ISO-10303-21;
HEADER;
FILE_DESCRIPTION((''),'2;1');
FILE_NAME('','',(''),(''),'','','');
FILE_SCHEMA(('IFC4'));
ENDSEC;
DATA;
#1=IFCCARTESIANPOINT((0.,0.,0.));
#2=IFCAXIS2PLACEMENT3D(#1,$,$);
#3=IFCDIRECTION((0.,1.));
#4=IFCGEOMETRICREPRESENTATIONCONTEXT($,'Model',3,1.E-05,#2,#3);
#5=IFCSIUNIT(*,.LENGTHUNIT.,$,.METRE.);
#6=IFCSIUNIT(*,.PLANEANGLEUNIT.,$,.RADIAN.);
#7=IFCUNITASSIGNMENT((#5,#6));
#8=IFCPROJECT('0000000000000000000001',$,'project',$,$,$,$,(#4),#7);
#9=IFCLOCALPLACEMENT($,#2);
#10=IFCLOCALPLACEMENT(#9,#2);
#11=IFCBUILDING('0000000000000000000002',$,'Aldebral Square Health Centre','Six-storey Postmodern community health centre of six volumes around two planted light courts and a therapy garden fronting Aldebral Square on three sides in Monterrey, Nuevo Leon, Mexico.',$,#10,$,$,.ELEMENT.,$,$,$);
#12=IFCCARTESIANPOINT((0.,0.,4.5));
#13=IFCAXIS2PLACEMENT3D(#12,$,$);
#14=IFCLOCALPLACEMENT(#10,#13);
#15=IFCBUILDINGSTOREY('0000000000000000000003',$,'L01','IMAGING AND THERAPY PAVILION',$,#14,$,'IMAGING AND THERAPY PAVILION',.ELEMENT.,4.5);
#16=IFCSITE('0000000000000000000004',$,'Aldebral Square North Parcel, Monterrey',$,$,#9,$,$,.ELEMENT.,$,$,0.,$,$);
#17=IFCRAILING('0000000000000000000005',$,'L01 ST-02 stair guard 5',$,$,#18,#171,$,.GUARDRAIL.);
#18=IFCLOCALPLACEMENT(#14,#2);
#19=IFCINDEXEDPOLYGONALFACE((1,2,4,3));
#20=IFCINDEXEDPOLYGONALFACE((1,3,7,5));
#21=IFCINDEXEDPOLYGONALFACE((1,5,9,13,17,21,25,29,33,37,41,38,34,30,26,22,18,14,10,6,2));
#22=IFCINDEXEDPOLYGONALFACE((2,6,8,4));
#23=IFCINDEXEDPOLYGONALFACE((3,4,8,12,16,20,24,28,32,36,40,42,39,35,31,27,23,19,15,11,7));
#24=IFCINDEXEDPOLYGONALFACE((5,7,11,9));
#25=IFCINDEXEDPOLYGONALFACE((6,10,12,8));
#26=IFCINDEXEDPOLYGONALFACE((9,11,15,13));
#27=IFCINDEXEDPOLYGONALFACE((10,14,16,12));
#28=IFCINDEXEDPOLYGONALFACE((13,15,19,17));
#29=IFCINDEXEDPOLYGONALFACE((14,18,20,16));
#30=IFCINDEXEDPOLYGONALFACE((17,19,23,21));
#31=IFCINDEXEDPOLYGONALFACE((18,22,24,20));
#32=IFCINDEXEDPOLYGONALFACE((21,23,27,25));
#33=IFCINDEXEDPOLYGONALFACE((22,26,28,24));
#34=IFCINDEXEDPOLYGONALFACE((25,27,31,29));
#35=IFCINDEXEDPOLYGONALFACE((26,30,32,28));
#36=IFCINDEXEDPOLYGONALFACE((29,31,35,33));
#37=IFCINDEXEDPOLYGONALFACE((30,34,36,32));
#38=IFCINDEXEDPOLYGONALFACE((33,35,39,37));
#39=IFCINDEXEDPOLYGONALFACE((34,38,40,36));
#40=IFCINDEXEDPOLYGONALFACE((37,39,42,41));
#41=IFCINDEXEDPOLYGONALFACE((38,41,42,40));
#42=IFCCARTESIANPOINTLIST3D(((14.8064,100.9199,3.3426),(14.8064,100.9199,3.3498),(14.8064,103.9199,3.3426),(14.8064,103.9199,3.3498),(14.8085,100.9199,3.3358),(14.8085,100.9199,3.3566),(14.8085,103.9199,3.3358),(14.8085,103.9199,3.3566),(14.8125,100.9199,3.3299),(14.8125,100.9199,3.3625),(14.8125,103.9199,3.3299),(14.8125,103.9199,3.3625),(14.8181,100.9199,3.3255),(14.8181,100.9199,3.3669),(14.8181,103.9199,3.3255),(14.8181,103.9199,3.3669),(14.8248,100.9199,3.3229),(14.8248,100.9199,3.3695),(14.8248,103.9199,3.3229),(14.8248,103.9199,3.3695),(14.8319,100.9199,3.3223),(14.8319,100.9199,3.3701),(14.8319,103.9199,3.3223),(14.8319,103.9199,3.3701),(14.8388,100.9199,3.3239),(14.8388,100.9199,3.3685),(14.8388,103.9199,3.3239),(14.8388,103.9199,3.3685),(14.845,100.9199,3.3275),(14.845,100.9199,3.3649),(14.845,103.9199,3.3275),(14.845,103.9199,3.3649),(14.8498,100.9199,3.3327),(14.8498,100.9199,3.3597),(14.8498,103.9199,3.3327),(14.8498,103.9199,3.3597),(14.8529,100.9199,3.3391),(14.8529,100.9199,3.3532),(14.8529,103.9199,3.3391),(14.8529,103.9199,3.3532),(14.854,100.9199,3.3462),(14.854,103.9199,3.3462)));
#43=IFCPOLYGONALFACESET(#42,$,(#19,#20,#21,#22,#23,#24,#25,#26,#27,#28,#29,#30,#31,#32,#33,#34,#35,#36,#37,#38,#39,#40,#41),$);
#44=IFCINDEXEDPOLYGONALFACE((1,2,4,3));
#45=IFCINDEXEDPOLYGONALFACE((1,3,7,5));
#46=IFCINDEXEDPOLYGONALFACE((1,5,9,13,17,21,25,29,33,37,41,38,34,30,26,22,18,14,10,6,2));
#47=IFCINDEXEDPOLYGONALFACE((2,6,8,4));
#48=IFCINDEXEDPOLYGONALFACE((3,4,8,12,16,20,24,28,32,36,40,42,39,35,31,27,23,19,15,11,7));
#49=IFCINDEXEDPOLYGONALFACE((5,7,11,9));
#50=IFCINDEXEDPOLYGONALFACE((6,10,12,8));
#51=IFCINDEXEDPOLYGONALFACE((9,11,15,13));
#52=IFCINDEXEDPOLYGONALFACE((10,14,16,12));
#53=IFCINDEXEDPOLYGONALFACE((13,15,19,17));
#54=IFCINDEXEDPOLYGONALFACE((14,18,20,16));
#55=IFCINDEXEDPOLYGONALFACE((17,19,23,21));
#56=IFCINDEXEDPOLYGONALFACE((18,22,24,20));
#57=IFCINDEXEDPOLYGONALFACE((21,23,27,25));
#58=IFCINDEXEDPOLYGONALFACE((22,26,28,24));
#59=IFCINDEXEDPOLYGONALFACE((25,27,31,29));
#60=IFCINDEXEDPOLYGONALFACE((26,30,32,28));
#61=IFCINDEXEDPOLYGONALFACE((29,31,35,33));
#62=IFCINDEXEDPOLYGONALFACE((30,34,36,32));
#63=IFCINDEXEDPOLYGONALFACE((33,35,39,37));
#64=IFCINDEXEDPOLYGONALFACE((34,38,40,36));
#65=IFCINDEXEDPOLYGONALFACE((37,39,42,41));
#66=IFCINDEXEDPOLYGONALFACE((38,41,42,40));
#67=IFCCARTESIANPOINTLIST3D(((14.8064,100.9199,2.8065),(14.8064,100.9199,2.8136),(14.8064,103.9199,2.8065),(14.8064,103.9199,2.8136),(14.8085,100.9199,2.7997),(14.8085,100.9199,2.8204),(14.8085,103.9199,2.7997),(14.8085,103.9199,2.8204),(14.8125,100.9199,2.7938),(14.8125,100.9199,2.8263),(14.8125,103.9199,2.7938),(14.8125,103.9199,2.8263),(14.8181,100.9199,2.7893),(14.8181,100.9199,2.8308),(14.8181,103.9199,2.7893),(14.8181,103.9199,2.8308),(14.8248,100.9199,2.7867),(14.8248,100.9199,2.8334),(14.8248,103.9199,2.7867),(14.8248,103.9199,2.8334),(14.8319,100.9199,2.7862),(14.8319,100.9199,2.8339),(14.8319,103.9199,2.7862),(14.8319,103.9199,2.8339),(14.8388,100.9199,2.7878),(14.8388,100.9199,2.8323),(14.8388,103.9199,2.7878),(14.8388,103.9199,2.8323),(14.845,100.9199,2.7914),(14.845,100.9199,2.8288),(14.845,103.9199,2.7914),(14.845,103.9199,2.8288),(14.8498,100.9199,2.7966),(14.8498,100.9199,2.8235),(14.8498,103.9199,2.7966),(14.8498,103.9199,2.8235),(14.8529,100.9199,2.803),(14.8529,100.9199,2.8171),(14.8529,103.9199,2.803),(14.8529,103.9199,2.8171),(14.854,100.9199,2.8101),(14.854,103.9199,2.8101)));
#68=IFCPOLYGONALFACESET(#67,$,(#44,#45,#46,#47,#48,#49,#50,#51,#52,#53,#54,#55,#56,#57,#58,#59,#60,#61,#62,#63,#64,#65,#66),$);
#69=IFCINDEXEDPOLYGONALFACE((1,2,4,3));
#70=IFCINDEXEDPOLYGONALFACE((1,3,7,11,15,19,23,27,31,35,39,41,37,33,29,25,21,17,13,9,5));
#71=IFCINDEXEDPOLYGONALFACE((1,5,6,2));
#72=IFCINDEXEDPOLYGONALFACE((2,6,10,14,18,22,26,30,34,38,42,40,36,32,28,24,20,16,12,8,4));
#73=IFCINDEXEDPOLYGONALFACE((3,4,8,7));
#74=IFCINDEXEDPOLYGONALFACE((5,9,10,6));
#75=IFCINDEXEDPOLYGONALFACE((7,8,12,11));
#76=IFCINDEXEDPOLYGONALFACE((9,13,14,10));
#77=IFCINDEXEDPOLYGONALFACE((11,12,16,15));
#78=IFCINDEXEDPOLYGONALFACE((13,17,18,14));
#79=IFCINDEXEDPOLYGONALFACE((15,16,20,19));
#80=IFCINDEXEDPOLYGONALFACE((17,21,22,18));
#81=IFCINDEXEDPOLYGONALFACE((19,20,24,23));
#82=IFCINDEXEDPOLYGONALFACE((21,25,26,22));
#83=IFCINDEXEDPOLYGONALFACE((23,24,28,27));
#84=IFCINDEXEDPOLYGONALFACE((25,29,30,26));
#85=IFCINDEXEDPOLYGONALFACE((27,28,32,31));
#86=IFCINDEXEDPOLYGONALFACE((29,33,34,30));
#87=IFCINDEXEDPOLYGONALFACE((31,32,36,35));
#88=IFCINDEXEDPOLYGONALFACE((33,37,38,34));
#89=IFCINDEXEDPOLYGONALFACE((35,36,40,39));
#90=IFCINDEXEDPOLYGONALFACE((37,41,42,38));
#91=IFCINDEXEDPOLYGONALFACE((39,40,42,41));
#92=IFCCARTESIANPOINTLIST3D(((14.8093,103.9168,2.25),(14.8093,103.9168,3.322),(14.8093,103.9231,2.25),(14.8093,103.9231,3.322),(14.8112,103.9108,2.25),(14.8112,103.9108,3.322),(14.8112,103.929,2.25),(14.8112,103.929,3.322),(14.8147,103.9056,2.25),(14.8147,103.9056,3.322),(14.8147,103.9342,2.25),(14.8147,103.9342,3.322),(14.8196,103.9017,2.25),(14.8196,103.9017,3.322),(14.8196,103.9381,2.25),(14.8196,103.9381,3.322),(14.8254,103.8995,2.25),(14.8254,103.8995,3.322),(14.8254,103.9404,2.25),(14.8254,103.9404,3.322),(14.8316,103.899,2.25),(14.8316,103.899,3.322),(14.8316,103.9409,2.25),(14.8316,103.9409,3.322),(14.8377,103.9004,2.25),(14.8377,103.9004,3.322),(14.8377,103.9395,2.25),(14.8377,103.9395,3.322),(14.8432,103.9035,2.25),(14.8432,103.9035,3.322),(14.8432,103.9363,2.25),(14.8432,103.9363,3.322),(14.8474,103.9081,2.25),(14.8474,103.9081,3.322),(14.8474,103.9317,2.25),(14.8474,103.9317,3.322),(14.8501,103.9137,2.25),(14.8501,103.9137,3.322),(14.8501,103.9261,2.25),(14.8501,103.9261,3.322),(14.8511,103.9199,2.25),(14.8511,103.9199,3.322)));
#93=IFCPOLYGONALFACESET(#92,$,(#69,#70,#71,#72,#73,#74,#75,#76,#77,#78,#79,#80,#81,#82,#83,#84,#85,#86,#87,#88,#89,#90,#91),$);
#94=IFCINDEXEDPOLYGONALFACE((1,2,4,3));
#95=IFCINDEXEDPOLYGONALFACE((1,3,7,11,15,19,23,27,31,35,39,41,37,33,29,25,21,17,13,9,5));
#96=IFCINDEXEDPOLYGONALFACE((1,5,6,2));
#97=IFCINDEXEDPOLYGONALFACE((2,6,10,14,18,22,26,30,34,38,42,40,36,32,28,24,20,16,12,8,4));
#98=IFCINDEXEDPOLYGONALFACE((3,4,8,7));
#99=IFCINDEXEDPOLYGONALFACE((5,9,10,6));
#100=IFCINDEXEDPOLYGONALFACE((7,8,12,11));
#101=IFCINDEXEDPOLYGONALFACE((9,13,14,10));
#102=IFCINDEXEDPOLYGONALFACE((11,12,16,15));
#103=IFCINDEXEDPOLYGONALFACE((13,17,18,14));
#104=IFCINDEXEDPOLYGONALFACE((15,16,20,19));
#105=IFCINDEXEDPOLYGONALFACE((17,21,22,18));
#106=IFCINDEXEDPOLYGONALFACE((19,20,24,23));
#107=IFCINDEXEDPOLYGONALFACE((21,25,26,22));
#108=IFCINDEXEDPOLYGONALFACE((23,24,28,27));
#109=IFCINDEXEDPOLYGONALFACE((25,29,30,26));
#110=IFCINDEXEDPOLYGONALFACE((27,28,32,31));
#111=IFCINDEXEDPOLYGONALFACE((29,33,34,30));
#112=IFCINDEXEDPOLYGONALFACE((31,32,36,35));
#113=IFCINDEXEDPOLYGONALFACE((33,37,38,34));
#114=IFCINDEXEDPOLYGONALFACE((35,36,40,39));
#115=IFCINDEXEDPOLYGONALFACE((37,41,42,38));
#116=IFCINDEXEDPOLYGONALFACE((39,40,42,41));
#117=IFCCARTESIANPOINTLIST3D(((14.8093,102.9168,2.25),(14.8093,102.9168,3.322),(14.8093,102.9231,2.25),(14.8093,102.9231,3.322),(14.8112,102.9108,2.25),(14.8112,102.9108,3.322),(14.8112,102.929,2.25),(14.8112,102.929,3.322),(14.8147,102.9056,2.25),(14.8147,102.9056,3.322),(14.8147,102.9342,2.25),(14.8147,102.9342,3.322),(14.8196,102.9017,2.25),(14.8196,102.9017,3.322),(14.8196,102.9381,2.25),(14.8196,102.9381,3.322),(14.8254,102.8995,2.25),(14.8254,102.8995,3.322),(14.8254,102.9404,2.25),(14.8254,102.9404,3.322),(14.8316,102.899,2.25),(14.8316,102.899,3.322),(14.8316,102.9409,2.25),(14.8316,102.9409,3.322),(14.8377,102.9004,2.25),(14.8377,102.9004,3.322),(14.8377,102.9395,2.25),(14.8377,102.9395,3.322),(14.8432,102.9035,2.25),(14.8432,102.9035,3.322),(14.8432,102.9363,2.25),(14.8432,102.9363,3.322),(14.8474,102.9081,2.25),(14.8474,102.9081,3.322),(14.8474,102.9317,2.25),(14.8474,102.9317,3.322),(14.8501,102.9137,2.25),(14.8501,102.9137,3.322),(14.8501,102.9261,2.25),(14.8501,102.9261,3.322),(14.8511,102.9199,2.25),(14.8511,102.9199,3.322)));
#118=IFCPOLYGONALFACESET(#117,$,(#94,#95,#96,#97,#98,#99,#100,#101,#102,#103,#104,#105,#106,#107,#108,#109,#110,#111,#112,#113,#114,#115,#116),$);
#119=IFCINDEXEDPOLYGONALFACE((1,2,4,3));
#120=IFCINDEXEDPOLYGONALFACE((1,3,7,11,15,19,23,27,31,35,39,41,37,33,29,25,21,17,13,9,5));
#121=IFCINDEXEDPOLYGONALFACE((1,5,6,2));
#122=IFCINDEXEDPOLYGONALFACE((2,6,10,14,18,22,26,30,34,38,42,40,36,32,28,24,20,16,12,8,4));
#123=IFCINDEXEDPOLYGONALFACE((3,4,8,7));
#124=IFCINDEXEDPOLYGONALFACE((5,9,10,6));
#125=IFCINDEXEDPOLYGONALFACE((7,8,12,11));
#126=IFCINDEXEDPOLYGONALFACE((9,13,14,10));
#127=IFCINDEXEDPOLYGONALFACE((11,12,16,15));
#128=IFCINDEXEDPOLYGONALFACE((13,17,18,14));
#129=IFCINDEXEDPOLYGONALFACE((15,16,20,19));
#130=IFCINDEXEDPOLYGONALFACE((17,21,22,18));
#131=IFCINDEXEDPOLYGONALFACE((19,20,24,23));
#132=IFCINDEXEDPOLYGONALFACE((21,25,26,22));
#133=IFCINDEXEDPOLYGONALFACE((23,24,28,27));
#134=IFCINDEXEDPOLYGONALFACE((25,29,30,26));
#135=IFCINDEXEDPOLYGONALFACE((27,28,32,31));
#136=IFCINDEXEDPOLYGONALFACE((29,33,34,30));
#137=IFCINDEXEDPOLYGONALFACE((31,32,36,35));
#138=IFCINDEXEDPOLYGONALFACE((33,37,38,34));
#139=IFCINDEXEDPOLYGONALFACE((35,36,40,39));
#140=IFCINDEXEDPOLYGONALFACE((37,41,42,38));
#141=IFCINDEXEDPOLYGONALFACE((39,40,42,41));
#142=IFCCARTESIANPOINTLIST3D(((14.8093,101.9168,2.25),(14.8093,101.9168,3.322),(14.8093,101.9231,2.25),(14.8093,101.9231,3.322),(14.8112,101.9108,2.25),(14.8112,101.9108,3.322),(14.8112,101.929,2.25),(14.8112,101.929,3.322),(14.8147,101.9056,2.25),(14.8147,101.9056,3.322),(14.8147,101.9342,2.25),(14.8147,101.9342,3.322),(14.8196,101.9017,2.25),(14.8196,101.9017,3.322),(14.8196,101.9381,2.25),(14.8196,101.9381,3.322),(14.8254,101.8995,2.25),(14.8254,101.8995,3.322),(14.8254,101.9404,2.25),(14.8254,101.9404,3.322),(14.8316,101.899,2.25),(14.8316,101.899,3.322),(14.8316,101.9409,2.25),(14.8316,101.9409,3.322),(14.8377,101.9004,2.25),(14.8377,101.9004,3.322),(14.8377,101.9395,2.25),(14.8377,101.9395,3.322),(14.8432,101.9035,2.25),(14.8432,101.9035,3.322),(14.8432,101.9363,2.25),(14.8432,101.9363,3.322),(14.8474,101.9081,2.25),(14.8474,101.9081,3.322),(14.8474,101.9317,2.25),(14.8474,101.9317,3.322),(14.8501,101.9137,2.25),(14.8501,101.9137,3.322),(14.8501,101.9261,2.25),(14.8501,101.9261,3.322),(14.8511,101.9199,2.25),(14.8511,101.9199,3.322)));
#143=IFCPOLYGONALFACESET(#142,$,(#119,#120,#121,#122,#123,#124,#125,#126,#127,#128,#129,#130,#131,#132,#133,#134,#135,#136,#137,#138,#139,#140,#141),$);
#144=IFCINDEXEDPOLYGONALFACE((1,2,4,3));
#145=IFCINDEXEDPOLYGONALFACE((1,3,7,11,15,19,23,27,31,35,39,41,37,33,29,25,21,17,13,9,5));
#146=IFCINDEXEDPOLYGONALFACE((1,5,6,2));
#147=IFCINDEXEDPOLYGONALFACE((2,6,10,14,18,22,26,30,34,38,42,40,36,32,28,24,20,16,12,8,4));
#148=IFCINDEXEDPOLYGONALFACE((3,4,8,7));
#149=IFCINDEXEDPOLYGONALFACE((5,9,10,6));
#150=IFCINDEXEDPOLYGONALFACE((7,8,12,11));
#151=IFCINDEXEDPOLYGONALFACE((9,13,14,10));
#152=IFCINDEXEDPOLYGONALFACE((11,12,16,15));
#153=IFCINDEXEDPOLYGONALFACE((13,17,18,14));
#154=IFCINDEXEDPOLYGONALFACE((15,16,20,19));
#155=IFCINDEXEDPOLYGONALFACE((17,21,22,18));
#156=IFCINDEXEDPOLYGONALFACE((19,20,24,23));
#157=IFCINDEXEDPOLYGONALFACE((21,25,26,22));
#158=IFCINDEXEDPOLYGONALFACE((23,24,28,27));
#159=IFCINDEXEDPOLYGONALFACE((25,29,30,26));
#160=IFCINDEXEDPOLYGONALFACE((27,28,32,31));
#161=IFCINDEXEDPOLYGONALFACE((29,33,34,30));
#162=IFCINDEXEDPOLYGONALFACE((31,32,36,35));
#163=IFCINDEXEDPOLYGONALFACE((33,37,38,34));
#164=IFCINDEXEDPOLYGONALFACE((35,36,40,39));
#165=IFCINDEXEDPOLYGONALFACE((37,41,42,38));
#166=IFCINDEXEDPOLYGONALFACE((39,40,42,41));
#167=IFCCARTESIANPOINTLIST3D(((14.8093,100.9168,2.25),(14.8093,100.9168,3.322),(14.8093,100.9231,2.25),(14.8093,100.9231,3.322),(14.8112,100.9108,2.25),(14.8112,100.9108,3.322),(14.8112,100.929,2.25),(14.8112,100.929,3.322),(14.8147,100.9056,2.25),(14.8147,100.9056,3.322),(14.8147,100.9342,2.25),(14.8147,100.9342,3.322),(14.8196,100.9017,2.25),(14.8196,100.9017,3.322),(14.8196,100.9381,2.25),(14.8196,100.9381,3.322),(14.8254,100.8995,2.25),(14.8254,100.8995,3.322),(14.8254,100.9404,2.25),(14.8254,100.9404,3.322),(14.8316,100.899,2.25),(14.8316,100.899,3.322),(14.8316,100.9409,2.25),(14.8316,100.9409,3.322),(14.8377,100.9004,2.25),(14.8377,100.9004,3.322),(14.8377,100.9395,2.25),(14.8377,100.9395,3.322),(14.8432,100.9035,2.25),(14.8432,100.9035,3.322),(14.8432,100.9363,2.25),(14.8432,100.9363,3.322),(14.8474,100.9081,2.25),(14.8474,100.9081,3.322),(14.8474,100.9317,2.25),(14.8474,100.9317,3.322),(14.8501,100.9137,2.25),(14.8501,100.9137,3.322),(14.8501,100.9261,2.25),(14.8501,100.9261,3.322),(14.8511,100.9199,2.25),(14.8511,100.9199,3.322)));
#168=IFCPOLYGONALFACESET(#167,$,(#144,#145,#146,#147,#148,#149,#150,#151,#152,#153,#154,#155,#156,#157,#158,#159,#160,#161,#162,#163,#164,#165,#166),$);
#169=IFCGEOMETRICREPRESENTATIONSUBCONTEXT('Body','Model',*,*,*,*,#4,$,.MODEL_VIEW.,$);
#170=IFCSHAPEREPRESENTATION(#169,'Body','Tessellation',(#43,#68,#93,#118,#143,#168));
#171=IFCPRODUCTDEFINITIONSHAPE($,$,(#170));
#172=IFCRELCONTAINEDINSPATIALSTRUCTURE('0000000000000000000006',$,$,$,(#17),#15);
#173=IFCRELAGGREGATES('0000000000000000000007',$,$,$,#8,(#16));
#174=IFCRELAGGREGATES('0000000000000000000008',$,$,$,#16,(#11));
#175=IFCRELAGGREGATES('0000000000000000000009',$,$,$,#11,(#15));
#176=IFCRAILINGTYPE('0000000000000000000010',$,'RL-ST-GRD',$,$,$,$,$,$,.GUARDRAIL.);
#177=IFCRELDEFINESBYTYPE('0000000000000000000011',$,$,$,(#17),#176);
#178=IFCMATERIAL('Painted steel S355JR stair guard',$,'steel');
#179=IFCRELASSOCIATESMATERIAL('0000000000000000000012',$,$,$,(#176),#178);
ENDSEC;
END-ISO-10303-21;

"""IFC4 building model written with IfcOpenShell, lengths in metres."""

from ifc_helpers import new_model, si_unit, direction, frame, origin, origin_2d, place, context, subcontext, project, spatial, circle, extrude, material, type_object, element, save


model = new_model("IFC4")

# Units and contexts
model_context = context("Model", 3, precision=1e-05, world=origin(), true_north=direction((0.0, 1.0)))
body_context = subcontext(model_context, "Body", "Model", "MODEL_VIEW")
ifc_project = project(units=[si_unit("LENGTHUNIT", "METRE"), si_unit("PLANEANGLEUNIT", "RADIAN")], contexts=[model_context])

# Site, building, storey
site_placement = place(None, origin())
site = spatial("IfcSite", under=ifc_project, at=site_placement, Name="Aldebral Square North Parcel, Monterrey", CompositionType="ELEMENT", RefElevation=0.0)
building_placement = place(site_placement, origin())
building = spatial("IfcBuilding", under=site, at=building_placement, Name="Aldebral Square Health Centre", Description="Six-storey Postmodern community health centre of six volumes around two planted light courts and a therapy garden fronting Aldebral Square on three sides in Monterrey, Nuevo Leon, Mexico.", CompositionType="ELEMENT")
storey_placement = place(building_placement, frame((0.0, 0.0, 4.5)))
storey = spatial("IfcBuildingStorey", under=building, at=storey_placement, Name="L01", Description="IMAGING AND THERAPY PAVILION", LongName="IMAGING AND THERAPY PAVILION", CompositionType="ELEMENT", Elevation=4.5)

# Railing
ifc_material_1 = material(Name="Painted steel S355JR stair guard", Category="steel")
railing_type_1 = type_object("IfcRailingType", Name="RL-ST-GRD", PredefinedType="GUARDRAIL", material=ifc_material_1)
railing_1_placement = place(storey_placement, frame((14.8301, 103.9199, 2.25)))
element("IfcRailing", 1, at=railing_1_placement, inside=storey, type_object=railing_type_1, Name="L01 ST-02 stair guard 5", PredefinedType="GUARDRAIL", context=body_context, shape_type="SweptSolid", body=[
    extrude(circle(Radius=0.0239, at=origin_2d()), frame((0.0, 0.0, 1.0962), z_axis=(0.0, -1.0, 0.0), x_axis=(1.0, 0.0, 0.0)), (0.0, 0.0, 1.0), 3.0),
    extrude(circle(Radius=0.0239, at=origin_2d()), frame((0.0, 0.0, 0.5601), z_axis=(0.0, -1.0, 0.0), x_axis=(1.0, 0.0, 0.0)), (0.0, 0.0, 1.0), 3.0),
    extrude(circle(Radius=0.021, at=origin_2d()), origin(), (0.0, 0.0, 1.0), 1.072),
    extrude(circle(Radius=0.021, at=origin_2d()), frame((0.0, -1.0, 0.0)), (0.0, 0.0, 1.0), 1.072),
    extrude(circle(Radius=0.021, at=origin_2d()), frame((0.0, -2.0, 0.0)), (0.0, 0.0, 1.0), 1.072),
    extrude(circle(Radius=0.021, at=origin_2d()), frame((0.0, -3.0, 0.0)), (0.0, 0.0, 1.0), 1.072),
])

save(model, "model.ifc")
